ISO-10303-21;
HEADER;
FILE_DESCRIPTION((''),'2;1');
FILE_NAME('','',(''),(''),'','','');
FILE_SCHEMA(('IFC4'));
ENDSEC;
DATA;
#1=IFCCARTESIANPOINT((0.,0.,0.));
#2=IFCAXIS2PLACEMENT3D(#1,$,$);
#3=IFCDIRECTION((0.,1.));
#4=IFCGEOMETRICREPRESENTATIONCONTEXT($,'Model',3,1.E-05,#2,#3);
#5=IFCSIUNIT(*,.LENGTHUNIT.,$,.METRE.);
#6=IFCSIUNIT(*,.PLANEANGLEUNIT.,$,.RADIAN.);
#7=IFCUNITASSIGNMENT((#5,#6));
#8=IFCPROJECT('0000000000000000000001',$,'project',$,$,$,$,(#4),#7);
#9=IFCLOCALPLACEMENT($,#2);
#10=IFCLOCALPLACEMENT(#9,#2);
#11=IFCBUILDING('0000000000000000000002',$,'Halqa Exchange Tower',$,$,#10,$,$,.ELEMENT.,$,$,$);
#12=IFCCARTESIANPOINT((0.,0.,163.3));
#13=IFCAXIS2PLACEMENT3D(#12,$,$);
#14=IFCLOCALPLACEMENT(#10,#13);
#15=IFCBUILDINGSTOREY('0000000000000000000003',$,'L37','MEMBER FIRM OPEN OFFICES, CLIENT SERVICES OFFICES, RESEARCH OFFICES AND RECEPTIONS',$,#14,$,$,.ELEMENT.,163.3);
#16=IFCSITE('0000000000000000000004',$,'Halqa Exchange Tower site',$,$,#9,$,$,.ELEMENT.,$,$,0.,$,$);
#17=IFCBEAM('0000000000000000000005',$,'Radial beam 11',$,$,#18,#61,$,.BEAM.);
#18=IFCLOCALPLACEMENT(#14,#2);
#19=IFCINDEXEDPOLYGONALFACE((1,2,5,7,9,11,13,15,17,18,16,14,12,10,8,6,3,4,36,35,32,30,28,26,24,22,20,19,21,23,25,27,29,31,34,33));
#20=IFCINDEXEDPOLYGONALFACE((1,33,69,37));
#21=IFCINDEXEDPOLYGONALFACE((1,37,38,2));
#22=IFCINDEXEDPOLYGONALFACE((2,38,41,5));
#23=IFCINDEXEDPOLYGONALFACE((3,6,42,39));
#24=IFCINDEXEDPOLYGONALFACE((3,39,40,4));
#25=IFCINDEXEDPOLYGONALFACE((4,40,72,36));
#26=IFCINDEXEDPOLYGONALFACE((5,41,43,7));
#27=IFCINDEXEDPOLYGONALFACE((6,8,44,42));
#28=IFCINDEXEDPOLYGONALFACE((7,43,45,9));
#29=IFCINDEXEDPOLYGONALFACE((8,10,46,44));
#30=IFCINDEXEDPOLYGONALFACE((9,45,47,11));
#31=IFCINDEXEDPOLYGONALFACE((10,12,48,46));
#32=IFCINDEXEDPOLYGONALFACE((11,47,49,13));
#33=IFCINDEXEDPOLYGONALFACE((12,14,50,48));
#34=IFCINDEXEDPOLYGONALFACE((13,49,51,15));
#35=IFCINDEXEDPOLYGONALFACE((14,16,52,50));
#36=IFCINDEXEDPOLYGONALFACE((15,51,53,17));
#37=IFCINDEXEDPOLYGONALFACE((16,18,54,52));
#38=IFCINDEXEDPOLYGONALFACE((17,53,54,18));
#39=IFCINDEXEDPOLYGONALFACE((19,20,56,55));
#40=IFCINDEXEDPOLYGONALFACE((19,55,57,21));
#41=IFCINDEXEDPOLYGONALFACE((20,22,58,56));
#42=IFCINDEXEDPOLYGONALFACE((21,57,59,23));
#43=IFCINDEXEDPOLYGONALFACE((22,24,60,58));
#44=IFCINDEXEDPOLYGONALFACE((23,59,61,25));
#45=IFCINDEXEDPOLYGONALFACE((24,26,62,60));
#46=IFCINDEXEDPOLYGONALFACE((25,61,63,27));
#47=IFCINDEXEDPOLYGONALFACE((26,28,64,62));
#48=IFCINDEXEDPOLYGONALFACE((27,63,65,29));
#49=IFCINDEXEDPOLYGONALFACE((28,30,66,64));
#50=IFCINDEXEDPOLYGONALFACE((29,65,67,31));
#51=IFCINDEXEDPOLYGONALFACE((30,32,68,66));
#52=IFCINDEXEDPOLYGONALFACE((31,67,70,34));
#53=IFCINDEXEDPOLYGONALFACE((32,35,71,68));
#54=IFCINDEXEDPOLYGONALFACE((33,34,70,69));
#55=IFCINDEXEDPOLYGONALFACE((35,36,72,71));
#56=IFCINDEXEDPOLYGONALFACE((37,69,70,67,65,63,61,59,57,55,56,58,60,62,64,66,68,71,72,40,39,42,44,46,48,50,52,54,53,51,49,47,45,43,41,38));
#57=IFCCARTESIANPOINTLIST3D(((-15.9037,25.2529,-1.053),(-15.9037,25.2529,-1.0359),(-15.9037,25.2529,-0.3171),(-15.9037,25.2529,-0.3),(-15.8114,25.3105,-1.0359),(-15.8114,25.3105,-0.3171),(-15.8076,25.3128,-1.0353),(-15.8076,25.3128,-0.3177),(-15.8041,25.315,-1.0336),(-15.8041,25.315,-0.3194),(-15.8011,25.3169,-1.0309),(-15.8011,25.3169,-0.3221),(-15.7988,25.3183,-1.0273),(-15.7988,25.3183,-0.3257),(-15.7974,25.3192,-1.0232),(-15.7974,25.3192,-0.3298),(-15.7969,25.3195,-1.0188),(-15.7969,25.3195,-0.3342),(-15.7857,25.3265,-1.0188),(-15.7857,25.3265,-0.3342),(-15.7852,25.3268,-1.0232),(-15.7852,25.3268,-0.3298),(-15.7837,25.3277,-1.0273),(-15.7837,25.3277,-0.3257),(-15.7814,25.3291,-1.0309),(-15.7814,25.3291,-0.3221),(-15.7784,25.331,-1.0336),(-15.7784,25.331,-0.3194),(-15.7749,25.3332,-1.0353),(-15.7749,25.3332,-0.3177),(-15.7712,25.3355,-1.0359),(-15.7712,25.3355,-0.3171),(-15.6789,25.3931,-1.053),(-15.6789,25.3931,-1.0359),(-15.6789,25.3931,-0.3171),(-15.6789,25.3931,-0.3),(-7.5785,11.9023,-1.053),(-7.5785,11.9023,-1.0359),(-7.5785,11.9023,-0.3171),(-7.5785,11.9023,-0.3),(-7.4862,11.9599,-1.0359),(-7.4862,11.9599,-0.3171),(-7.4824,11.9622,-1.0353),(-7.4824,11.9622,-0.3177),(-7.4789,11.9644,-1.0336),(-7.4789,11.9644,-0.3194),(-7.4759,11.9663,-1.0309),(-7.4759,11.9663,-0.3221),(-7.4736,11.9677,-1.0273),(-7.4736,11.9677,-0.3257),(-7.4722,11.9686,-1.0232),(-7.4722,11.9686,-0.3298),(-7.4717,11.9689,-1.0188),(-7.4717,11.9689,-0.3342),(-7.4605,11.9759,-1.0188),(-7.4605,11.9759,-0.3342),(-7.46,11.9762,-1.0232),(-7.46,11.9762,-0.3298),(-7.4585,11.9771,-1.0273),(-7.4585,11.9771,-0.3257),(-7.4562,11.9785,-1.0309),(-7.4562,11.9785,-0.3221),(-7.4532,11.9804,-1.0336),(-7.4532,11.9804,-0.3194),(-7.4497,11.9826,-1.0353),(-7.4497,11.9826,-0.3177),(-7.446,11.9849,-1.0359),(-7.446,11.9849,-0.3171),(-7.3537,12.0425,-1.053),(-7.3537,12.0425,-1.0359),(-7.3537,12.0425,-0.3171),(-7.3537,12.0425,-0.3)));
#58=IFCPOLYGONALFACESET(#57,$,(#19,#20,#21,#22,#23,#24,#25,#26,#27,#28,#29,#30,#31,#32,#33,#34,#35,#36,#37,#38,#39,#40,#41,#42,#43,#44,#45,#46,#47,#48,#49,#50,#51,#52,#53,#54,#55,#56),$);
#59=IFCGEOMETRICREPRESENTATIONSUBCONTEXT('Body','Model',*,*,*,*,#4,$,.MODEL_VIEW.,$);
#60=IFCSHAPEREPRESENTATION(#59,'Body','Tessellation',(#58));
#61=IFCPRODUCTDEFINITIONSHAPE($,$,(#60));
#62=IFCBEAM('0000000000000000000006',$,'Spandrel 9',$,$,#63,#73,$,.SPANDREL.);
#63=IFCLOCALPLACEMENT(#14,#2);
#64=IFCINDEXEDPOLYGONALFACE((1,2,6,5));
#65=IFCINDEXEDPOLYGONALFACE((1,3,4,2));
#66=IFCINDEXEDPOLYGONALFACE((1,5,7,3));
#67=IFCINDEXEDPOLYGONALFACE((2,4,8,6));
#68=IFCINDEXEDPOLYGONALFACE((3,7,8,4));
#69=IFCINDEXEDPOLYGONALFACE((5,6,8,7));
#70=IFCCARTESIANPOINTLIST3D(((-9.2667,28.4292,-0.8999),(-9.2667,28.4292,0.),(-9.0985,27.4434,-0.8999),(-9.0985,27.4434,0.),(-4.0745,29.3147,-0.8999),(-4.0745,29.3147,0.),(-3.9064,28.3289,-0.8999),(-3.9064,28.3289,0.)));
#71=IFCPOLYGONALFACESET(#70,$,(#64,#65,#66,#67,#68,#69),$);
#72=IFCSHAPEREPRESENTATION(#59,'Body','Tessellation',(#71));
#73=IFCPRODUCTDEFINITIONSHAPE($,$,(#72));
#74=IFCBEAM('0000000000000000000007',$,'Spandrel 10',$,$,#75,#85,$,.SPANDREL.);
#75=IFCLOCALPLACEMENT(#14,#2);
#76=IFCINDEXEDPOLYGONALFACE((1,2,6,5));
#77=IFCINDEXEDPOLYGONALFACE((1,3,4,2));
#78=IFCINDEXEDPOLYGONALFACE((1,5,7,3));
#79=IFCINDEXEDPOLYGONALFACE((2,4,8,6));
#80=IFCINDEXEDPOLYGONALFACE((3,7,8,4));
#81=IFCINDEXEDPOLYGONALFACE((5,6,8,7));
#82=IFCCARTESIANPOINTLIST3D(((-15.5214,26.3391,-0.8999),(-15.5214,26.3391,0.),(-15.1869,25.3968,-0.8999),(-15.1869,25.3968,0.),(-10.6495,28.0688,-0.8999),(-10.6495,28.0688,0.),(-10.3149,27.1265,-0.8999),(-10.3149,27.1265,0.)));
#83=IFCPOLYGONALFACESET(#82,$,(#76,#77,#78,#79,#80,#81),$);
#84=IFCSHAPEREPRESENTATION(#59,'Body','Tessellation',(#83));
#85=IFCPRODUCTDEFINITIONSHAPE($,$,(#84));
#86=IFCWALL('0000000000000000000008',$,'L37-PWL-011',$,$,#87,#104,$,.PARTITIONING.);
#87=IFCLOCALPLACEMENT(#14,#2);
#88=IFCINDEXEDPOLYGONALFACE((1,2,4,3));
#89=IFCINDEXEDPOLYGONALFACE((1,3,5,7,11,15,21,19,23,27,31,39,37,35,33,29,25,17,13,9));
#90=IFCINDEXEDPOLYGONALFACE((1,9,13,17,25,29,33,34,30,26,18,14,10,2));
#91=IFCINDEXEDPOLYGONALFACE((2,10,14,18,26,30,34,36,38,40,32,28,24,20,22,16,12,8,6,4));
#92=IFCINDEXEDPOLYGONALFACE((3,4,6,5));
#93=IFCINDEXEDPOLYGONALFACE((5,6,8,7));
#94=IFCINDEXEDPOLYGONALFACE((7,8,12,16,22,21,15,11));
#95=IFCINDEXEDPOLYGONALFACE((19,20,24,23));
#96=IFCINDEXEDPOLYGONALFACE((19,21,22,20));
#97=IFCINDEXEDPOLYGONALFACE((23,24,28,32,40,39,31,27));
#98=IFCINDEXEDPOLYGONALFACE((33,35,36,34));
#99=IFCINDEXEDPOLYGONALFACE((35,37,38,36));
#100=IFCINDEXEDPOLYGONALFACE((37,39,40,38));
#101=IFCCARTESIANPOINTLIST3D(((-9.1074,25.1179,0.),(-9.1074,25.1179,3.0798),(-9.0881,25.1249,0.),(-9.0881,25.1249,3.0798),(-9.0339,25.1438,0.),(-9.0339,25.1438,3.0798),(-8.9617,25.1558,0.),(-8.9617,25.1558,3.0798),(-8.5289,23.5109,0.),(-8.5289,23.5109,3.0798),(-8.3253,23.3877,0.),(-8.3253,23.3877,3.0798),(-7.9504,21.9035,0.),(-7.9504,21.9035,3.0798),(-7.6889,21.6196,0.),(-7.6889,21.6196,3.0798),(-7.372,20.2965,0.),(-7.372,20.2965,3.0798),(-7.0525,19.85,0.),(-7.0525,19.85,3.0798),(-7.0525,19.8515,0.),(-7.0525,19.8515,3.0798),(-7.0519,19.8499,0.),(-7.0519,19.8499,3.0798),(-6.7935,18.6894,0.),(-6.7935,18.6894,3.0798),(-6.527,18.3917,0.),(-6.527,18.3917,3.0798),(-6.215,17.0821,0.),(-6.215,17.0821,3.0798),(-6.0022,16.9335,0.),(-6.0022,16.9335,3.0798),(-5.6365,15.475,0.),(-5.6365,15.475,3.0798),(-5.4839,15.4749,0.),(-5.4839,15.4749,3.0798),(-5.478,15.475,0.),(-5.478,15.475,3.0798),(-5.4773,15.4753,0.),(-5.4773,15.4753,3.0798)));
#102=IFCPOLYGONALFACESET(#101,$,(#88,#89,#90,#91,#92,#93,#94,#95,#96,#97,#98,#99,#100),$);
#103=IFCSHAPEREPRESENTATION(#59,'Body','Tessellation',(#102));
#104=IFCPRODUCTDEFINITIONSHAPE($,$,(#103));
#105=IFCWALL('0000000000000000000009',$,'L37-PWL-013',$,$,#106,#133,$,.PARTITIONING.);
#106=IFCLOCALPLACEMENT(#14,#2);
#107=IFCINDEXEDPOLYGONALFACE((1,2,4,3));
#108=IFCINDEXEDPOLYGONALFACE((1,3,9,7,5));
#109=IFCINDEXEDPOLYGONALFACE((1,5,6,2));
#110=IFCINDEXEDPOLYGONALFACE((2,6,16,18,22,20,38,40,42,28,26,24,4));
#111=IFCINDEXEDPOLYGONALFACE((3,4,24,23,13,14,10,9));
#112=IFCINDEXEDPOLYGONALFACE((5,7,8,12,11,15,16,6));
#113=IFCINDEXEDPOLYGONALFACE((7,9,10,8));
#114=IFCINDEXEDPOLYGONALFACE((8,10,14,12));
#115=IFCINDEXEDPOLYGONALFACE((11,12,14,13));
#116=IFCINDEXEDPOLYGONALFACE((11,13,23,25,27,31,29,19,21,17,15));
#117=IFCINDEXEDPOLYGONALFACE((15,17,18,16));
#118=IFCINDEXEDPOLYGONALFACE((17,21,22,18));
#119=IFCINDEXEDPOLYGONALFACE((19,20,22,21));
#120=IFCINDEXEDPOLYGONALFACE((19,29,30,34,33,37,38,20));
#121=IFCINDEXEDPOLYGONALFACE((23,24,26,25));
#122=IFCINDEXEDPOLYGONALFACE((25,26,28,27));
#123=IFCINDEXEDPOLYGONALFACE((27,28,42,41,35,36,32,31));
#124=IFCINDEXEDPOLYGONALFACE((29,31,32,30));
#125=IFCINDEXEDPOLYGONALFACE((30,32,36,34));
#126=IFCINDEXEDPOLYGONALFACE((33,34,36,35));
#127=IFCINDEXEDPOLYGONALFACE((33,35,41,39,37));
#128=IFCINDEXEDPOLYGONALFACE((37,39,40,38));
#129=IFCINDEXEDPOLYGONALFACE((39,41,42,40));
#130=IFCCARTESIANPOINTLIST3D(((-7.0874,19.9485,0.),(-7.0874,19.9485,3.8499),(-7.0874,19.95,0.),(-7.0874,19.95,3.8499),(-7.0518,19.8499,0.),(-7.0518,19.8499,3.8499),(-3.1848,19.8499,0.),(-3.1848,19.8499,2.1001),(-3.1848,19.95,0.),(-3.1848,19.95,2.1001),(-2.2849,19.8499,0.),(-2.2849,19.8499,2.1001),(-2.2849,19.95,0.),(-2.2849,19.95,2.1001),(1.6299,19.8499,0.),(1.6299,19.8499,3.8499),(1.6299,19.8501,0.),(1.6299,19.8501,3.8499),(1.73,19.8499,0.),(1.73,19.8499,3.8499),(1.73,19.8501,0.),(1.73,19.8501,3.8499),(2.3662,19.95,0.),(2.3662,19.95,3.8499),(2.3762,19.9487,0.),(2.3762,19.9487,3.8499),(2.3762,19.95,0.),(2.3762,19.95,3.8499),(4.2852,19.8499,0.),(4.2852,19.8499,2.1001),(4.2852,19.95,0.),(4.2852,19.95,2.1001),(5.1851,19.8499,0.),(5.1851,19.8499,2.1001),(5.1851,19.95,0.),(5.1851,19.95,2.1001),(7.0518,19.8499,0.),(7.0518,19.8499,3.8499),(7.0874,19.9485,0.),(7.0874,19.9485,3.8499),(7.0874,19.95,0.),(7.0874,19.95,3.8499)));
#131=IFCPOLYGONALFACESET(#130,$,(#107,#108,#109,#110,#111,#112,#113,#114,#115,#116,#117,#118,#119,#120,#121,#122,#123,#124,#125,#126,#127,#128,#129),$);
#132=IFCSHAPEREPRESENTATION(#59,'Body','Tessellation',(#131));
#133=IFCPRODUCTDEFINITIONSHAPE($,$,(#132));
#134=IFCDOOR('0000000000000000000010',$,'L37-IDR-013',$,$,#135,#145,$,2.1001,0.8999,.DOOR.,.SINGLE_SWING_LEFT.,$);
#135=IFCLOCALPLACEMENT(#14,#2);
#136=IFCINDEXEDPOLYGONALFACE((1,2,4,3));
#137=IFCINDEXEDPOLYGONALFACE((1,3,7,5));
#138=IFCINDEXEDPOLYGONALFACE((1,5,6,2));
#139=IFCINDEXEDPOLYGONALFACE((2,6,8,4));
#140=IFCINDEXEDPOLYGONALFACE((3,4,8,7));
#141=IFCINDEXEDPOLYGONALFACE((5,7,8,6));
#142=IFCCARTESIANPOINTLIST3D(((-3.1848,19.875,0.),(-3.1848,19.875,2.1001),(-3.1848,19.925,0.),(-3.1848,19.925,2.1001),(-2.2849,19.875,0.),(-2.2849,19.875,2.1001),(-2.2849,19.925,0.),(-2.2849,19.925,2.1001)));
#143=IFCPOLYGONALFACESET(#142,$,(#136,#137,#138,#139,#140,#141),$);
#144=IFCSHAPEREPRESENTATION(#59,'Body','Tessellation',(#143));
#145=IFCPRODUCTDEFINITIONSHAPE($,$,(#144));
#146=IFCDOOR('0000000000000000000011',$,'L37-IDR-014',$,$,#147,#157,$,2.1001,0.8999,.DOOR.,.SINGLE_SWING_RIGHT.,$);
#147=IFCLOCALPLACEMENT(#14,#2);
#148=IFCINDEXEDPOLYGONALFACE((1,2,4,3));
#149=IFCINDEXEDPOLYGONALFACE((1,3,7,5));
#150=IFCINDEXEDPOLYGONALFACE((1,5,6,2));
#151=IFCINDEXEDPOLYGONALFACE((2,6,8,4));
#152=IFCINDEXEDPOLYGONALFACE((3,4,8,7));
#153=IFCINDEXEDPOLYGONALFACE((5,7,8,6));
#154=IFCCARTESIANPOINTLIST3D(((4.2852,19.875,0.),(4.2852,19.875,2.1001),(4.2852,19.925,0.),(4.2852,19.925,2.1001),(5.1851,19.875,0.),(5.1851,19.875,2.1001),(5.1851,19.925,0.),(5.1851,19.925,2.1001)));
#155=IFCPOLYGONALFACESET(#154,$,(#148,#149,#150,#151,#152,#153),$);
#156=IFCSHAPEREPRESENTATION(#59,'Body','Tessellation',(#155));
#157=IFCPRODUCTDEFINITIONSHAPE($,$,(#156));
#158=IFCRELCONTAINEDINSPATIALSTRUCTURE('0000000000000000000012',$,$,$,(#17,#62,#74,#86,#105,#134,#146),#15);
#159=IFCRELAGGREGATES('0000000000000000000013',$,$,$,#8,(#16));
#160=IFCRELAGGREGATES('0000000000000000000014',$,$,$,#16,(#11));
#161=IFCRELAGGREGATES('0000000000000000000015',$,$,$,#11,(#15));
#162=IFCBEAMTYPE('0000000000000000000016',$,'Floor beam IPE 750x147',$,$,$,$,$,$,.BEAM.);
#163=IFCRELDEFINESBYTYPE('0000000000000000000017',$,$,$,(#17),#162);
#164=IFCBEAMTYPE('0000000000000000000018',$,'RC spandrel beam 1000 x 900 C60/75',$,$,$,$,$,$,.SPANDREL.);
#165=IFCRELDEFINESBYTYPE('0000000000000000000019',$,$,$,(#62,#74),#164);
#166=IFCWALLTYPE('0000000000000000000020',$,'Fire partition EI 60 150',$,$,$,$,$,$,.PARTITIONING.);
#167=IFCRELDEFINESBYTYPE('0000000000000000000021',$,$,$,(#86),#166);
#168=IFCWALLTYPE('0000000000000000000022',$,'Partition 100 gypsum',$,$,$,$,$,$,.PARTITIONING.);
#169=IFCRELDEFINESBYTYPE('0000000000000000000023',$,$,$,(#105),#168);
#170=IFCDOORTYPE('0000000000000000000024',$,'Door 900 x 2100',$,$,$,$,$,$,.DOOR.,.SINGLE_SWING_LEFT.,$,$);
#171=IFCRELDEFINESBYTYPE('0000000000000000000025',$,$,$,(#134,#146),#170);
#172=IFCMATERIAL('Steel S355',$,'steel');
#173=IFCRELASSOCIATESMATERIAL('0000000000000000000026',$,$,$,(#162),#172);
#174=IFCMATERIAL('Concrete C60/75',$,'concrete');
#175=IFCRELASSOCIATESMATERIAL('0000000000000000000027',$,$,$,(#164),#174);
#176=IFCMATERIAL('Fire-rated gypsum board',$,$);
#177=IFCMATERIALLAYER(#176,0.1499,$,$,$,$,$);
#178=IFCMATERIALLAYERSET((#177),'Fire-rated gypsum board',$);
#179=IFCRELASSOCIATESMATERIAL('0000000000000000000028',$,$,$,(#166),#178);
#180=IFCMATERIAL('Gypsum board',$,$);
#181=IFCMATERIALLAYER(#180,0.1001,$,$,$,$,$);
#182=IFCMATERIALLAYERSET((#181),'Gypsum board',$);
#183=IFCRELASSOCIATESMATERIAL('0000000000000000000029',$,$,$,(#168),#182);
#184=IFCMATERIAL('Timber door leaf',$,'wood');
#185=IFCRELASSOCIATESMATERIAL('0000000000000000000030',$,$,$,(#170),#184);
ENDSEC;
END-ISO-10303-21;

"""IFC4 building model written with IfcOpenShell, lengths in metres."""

from ifc_helpers import new_model, si_unit, direction, frame, frame_2d, origin, origin_2d, place, context, subcontext, project, spatial, polyline, rectangle, i_section, outline, extrude, material, layer, layer_set, material_profile, profile_set, type_object, element, fill, save


model = new_model("IFC4")

# Units and contexts
model_context = context("Model", 3, precision=1e-05, world=origin(), true_north=direction((0.0, 1.0)))
body_context = subcontext(model_context, "Body", "Model", "MODEL_VIEW")
ifc_project = project(units=[si_unit("LENGTHUNIT", "METRE"), si_unit("PLANEANGLEUNIT", "RADIAN")], contexts=[model_context])

# Site, building, storey
site_placement = place(None, origin())
site = spatial("IfcSite", under=ifc_project, at=site_placement, Name="Halqa Exchange Tower site", CompositionType="ELEMENT", RefElevation=0.0)
building_placement = place(site_placement, origin())
building = spatial("IfcBuilding", under=site, at=building_placement, Name="Halqa Exchange Tower", CompositionType="ELEMENT")
storey_placement = place(building_placement, frame((0.0, 0.0, 163.3)))
storey = spatial("IfcBuildingStorey", under=building, at=storey_placement, Name="L37", Description="MEMBER FIRM OPEN OFFICES, CLIENT SERVICES OFFICES, RESEARCH OFFICES AND RECEPTIONS", CompositionType="ELEMENT", Elevation=163.3)

# Beams
ifc_material_1 = material(Name="Steel S355", Category="steel")
ifc_material_profile_1 = material_profile(ifc_material_1, i_section(OverallWidth=0.2649, OverallDepth=0.7529, WebThickness=0.0132, FlangeThickness=0.0171, FilletRadius=0.0171, at=origin_2d()), Name="IPE 750x147")
ifc_profile_set_1 = profile_set([ifc_material_profile_1], Name="Steel S355")
beam_type_1 = type_object("IfcBeamType", Name="Floor beam IPE 750x147", PredefinedType="BEAM", material=ifc_profile_set_1)
beam_1_placement = place(storey_placement, frame((-7.4661, 11.9724, -0.6765), z_axis=(-0.529134, 0.848538, 0.0), x_axis=(-0.848538, -0.529134, 0.0)))
element("IfcBeam", 1, at=beam_1_placement, inside=storey, type_object=beam_type_1, Name="Radial beam 11", PredefinedType="BEAM", context=body_context, shape_type="SweptSolid", body=[
    extrude(i_section(OverallWidth=0.2649, OverallDepth=0.7529, WebThickness=0.0132, FlangeThickness=0.0171, FilletRadius=0.0171, at=origin_2d()), origin(), (0.0, 0.0, 1.0), 15.7336),
])
ifc_material_2 = material(Name="Concrete C60/75", Category="concrete")
ifc_material_profile_2 = material_profile(ifc_material_2, rectangle(XDim=1.0, YDim=0.8999, at=origin_2d()), Name="1000 x 900")
ifc_profile_set_2 = profile_set([ifc_material_profile_2], Name="Concrete C60/75")
beam_type_2 = type_object("IfcBeamType", Name="RC spandrel beam 1000 x 900 C60/75", PredefinedType="SPANDREL", material=ifc_profile_set_2)
beam_2_placement = place(storey_placement, frame((-3.9905, 28.8218, -0.45), z_axis=(-0.985767, -0.168119, 0.0), x_axis=(0.168119, -0.985767, 0.0)))
element("IfcBeam", 2, at=beam_2_placement, inside=storey, type_object=beam_type_2, Name="Spandrel 9", PredefinedType="SPANDREL", context=body_context, shape_type="SweptSolid", body=[
    extrude(rectangle(XDim=1.0, YDim=0.8999, at=origin_2d()), origin(), (0.0, 0.0, 1.0), 5.2671),
])
beam_3_placement = place(storey_placement, frame((-10.4822, 27.5977, -0.45), z_axis=(-0.942371, -0.334571, 0.0), x_axis=(0.334571, -0.942371, 0.0)))
element("IfcBeam", 3, at=beam_3_placement, inside=storey, type_object=beam_type_2, Name="Spandrel 10", PredefinedType="SPANDREL", context=body_context, shape_type="SweptSolid", body=[
    extrude(rectangle(XDim=1.0, YDim=0.8999, at=origin_2d()), origin(), (0.0, 0.0, 1.0), 5.1699),
])

# Wall
ifc_material_3 = material(Name="Fire-rated gypsum board")
ifc_layer_1 = layer(ifc_material_3, 0.1499)
ifc_layer_set_1 = layer_set([ifc_layer_1], Name="Fire-rated gypsum board")
wall_type_1 = type_object("IfcWallType", Name="Fire partition EI 60 150", PredefinedType="PARTITIONING", material=ifc_layer_set_1)
wall_1_placement = place(storey_placement, frame((-9.0369, 25.1433, 0.0), z_axis=(0.0, 0.0, 1.0), x_axis=(0.338668, -0.940906, 0.0)))
element("IfcWall", 4, at=wall_1_placement, inside=storey, type_object=wall_type_1, Name="L37-PWL-011", PredefinedType="PARTITIONING", context=body_context, shape_type="SweptSolid", body=[
    extrude(outline(polyline([(0.0, -0.075), (1.708, -0.075), (3.4163, -0.075), (5.1243, -0.075), (6.8323, -0.075), (8.5405, -0.075), (10.2485, -0.075), (10.3003, 0.0686), (10.3003, 0.0686), (10.3022, 0.0742), (10.3022, 0.075), (8.7524, 0.075), (7.2026, 0.075), (5.6528, 0.075), (5.6526, 0.0745), (5.6511, 0.075), (3.772, 0.075), (1.8928, 0.075), (0.0137, 0.075), (0.0005, 0.0029), (0.0, -0.0544), (0.0, -0.075)])), origin(), (0.0, 0.0, 1.0), 3.0798),
])

# Wall, openings, doors
ifc_material_4 = material(Name="Gypsum board")
ifc_layer_2 = layer(ifc_material_4, 0.1001)
ifc_layer_set_2 = layer_set([ifc_layer_2], Name="Gypsum board")
wall_type_2 = type_object("IfcWallType", Name="Partition 100 gypsum", PredefinedType="PARTITIONING", material=ifc_layer_set_2)
wall_2_placement = place(storey_placement, frame((-7.0874, 19.8999, 0.0), z_axis=(0.0, 0.0, 1.0), x_axis=(1.0, 0.0, 0.0)))
wall_2 = element("IfcWall", 5, at=wall_2_placement, inside=storey, type_object=wall_type_2, Name="L37-PWL-013", PredefinedType="PARTITIONING", context=body_context, shape_type="SweptSolid", body=[
    extrude(outline(polyline([(0.0356, -0.05), (1.772, -0.05), (3.5083, -0.05), (5.2446, -0.05), (6.981, -0.05), (8.7173, -0.05), (8.7173, -0.0498), (8.8174, -0.0498), (8.8174, -0.05), (10.5913, -0.05), (12.3652, -0.05), (14.1392, -0.05), (14.1748, 0.0486), (14.1748, 0.05), (12.6045, 0.05), (11.0339, 0.05), (9.4636, 0.05), (9.4636, 0.0488), (9.4536, 0.05), (7.563, 0.05), (5.6721, 0.05), (3.7815, 0.05), (1.8906, 0.05), (0.0, 0.05), (0.0, 0.0486), (0.0356, -0.05)])), origin(), (0.0, 0.0, 1.0), 3.8499),
])
opening_1_placement = place(wall_2_placement, frame((3.9026, 0.0, 0.0)))
opening_1 = element("IfcOpeningElement", 6, at=opening_1_placement, cuts=wall_2, PredefinedType="OPENING", context=body_context, shape_type="SweptSolid", body=[
    extrude(rectangle(XDim=0.8999, YDim=2.1001, at=frame_2d((0.45, 1.05))), frame((0.0, 0.062, 0.0), z_axis=(0.0, -1.0, 0.0), x_axis=(1.0, 0.0, 0.0)), (0.0, 0.0, 1.0), 0.124),
])
opening_2_placement = place(wall_2_placement, frame((11.3726, 0.0, 0.0)))
opening_2 = element("IfcOpeningElement", 7, at=opening_2_placement, cuts=wall_2, PredefinedType="OPENING", context=body_context, shape_type="SweptSolid", body=[
    extrude(rectangle(XDim=0.8999, YDim=2.1001, at=frame_2d((0.45, 1.05))), frame((0.0, 0.062, 0.0), z_axis=(0.0, -1.0, 0.0), x_axis=(1.0, 0.0, 0.0)), (0.0, 0.0, 1.0), 0.124),
])
ifc_material_5 = material(Name="Timber door leaf", Category="wood")
door_type = type_object("IfcDoorType", Name="Door 900 x 2100", OperationType="SINGLE_SWING_LEFT", PredefinedType="DOOR", material=ifc_material_5)
door_1_placement = place(opening_1_placement, frame((0.8999, 0.0, 0.0), z_axis=(0.0, 0.0, 1.0), x_axis=(-1.0, 0.0, 0.0)))
door_1 = element("IfcDoor", 8, at=door_1_placement, inside=storey, type_object=door_type, Name="L37-IDR-013", OperationType="SINGLE_SWING_LEFT", OverallHeight=2.1001, OverallWidth=0.8999, PredefinedType="DOOR", context=body_context, shape_type="SweptSolid", body=[
    extrude(rectangle(XDim=0.8999, YDim=2.1001, at=frame_2d((0.45, 1.05))), frame((0.0, 0.0249, 0.0), z_axis=(0.0, -1.0, 0.0), x_axis=(1.0, 0.0, 0.0)), (0.0, 0.0, 1.0), 0.05),
])
fill(opening_1, door_1)
door_2_placement = place(opening_2_placement, frame((0.8999, 0.0, 0.0), z_axis=(0.0, 0.0, 1.0), x_axis=(-1.0, 0.0, 0.0)))
door_2 = element("IfcDoor", 9, at=door_2_placement, inside=storey, type_object=door_type, Name="L37-IDR-014", OperationType="SINGLE_SWING_RIGHT", OverallHeight=2.1001, OverallWidth=0.8999, PredefinedType="DOOR", context=body_context, shape_type="SweptSolid", body=[
    extrude(rectangle(XDim=0.8999, YDim=2.1001, at=frame_2d((0.45, 1.05))), frame((0.0, 0.0249, 0.0), z_axis=(0.0, -1.0, 0.0), x_axis=(1.0, 0.0, 0.0)), (0.0, 0.0, 1.0), 0.05),
])
fill(opening_2, door_2)

save(model, "model.ifc")
